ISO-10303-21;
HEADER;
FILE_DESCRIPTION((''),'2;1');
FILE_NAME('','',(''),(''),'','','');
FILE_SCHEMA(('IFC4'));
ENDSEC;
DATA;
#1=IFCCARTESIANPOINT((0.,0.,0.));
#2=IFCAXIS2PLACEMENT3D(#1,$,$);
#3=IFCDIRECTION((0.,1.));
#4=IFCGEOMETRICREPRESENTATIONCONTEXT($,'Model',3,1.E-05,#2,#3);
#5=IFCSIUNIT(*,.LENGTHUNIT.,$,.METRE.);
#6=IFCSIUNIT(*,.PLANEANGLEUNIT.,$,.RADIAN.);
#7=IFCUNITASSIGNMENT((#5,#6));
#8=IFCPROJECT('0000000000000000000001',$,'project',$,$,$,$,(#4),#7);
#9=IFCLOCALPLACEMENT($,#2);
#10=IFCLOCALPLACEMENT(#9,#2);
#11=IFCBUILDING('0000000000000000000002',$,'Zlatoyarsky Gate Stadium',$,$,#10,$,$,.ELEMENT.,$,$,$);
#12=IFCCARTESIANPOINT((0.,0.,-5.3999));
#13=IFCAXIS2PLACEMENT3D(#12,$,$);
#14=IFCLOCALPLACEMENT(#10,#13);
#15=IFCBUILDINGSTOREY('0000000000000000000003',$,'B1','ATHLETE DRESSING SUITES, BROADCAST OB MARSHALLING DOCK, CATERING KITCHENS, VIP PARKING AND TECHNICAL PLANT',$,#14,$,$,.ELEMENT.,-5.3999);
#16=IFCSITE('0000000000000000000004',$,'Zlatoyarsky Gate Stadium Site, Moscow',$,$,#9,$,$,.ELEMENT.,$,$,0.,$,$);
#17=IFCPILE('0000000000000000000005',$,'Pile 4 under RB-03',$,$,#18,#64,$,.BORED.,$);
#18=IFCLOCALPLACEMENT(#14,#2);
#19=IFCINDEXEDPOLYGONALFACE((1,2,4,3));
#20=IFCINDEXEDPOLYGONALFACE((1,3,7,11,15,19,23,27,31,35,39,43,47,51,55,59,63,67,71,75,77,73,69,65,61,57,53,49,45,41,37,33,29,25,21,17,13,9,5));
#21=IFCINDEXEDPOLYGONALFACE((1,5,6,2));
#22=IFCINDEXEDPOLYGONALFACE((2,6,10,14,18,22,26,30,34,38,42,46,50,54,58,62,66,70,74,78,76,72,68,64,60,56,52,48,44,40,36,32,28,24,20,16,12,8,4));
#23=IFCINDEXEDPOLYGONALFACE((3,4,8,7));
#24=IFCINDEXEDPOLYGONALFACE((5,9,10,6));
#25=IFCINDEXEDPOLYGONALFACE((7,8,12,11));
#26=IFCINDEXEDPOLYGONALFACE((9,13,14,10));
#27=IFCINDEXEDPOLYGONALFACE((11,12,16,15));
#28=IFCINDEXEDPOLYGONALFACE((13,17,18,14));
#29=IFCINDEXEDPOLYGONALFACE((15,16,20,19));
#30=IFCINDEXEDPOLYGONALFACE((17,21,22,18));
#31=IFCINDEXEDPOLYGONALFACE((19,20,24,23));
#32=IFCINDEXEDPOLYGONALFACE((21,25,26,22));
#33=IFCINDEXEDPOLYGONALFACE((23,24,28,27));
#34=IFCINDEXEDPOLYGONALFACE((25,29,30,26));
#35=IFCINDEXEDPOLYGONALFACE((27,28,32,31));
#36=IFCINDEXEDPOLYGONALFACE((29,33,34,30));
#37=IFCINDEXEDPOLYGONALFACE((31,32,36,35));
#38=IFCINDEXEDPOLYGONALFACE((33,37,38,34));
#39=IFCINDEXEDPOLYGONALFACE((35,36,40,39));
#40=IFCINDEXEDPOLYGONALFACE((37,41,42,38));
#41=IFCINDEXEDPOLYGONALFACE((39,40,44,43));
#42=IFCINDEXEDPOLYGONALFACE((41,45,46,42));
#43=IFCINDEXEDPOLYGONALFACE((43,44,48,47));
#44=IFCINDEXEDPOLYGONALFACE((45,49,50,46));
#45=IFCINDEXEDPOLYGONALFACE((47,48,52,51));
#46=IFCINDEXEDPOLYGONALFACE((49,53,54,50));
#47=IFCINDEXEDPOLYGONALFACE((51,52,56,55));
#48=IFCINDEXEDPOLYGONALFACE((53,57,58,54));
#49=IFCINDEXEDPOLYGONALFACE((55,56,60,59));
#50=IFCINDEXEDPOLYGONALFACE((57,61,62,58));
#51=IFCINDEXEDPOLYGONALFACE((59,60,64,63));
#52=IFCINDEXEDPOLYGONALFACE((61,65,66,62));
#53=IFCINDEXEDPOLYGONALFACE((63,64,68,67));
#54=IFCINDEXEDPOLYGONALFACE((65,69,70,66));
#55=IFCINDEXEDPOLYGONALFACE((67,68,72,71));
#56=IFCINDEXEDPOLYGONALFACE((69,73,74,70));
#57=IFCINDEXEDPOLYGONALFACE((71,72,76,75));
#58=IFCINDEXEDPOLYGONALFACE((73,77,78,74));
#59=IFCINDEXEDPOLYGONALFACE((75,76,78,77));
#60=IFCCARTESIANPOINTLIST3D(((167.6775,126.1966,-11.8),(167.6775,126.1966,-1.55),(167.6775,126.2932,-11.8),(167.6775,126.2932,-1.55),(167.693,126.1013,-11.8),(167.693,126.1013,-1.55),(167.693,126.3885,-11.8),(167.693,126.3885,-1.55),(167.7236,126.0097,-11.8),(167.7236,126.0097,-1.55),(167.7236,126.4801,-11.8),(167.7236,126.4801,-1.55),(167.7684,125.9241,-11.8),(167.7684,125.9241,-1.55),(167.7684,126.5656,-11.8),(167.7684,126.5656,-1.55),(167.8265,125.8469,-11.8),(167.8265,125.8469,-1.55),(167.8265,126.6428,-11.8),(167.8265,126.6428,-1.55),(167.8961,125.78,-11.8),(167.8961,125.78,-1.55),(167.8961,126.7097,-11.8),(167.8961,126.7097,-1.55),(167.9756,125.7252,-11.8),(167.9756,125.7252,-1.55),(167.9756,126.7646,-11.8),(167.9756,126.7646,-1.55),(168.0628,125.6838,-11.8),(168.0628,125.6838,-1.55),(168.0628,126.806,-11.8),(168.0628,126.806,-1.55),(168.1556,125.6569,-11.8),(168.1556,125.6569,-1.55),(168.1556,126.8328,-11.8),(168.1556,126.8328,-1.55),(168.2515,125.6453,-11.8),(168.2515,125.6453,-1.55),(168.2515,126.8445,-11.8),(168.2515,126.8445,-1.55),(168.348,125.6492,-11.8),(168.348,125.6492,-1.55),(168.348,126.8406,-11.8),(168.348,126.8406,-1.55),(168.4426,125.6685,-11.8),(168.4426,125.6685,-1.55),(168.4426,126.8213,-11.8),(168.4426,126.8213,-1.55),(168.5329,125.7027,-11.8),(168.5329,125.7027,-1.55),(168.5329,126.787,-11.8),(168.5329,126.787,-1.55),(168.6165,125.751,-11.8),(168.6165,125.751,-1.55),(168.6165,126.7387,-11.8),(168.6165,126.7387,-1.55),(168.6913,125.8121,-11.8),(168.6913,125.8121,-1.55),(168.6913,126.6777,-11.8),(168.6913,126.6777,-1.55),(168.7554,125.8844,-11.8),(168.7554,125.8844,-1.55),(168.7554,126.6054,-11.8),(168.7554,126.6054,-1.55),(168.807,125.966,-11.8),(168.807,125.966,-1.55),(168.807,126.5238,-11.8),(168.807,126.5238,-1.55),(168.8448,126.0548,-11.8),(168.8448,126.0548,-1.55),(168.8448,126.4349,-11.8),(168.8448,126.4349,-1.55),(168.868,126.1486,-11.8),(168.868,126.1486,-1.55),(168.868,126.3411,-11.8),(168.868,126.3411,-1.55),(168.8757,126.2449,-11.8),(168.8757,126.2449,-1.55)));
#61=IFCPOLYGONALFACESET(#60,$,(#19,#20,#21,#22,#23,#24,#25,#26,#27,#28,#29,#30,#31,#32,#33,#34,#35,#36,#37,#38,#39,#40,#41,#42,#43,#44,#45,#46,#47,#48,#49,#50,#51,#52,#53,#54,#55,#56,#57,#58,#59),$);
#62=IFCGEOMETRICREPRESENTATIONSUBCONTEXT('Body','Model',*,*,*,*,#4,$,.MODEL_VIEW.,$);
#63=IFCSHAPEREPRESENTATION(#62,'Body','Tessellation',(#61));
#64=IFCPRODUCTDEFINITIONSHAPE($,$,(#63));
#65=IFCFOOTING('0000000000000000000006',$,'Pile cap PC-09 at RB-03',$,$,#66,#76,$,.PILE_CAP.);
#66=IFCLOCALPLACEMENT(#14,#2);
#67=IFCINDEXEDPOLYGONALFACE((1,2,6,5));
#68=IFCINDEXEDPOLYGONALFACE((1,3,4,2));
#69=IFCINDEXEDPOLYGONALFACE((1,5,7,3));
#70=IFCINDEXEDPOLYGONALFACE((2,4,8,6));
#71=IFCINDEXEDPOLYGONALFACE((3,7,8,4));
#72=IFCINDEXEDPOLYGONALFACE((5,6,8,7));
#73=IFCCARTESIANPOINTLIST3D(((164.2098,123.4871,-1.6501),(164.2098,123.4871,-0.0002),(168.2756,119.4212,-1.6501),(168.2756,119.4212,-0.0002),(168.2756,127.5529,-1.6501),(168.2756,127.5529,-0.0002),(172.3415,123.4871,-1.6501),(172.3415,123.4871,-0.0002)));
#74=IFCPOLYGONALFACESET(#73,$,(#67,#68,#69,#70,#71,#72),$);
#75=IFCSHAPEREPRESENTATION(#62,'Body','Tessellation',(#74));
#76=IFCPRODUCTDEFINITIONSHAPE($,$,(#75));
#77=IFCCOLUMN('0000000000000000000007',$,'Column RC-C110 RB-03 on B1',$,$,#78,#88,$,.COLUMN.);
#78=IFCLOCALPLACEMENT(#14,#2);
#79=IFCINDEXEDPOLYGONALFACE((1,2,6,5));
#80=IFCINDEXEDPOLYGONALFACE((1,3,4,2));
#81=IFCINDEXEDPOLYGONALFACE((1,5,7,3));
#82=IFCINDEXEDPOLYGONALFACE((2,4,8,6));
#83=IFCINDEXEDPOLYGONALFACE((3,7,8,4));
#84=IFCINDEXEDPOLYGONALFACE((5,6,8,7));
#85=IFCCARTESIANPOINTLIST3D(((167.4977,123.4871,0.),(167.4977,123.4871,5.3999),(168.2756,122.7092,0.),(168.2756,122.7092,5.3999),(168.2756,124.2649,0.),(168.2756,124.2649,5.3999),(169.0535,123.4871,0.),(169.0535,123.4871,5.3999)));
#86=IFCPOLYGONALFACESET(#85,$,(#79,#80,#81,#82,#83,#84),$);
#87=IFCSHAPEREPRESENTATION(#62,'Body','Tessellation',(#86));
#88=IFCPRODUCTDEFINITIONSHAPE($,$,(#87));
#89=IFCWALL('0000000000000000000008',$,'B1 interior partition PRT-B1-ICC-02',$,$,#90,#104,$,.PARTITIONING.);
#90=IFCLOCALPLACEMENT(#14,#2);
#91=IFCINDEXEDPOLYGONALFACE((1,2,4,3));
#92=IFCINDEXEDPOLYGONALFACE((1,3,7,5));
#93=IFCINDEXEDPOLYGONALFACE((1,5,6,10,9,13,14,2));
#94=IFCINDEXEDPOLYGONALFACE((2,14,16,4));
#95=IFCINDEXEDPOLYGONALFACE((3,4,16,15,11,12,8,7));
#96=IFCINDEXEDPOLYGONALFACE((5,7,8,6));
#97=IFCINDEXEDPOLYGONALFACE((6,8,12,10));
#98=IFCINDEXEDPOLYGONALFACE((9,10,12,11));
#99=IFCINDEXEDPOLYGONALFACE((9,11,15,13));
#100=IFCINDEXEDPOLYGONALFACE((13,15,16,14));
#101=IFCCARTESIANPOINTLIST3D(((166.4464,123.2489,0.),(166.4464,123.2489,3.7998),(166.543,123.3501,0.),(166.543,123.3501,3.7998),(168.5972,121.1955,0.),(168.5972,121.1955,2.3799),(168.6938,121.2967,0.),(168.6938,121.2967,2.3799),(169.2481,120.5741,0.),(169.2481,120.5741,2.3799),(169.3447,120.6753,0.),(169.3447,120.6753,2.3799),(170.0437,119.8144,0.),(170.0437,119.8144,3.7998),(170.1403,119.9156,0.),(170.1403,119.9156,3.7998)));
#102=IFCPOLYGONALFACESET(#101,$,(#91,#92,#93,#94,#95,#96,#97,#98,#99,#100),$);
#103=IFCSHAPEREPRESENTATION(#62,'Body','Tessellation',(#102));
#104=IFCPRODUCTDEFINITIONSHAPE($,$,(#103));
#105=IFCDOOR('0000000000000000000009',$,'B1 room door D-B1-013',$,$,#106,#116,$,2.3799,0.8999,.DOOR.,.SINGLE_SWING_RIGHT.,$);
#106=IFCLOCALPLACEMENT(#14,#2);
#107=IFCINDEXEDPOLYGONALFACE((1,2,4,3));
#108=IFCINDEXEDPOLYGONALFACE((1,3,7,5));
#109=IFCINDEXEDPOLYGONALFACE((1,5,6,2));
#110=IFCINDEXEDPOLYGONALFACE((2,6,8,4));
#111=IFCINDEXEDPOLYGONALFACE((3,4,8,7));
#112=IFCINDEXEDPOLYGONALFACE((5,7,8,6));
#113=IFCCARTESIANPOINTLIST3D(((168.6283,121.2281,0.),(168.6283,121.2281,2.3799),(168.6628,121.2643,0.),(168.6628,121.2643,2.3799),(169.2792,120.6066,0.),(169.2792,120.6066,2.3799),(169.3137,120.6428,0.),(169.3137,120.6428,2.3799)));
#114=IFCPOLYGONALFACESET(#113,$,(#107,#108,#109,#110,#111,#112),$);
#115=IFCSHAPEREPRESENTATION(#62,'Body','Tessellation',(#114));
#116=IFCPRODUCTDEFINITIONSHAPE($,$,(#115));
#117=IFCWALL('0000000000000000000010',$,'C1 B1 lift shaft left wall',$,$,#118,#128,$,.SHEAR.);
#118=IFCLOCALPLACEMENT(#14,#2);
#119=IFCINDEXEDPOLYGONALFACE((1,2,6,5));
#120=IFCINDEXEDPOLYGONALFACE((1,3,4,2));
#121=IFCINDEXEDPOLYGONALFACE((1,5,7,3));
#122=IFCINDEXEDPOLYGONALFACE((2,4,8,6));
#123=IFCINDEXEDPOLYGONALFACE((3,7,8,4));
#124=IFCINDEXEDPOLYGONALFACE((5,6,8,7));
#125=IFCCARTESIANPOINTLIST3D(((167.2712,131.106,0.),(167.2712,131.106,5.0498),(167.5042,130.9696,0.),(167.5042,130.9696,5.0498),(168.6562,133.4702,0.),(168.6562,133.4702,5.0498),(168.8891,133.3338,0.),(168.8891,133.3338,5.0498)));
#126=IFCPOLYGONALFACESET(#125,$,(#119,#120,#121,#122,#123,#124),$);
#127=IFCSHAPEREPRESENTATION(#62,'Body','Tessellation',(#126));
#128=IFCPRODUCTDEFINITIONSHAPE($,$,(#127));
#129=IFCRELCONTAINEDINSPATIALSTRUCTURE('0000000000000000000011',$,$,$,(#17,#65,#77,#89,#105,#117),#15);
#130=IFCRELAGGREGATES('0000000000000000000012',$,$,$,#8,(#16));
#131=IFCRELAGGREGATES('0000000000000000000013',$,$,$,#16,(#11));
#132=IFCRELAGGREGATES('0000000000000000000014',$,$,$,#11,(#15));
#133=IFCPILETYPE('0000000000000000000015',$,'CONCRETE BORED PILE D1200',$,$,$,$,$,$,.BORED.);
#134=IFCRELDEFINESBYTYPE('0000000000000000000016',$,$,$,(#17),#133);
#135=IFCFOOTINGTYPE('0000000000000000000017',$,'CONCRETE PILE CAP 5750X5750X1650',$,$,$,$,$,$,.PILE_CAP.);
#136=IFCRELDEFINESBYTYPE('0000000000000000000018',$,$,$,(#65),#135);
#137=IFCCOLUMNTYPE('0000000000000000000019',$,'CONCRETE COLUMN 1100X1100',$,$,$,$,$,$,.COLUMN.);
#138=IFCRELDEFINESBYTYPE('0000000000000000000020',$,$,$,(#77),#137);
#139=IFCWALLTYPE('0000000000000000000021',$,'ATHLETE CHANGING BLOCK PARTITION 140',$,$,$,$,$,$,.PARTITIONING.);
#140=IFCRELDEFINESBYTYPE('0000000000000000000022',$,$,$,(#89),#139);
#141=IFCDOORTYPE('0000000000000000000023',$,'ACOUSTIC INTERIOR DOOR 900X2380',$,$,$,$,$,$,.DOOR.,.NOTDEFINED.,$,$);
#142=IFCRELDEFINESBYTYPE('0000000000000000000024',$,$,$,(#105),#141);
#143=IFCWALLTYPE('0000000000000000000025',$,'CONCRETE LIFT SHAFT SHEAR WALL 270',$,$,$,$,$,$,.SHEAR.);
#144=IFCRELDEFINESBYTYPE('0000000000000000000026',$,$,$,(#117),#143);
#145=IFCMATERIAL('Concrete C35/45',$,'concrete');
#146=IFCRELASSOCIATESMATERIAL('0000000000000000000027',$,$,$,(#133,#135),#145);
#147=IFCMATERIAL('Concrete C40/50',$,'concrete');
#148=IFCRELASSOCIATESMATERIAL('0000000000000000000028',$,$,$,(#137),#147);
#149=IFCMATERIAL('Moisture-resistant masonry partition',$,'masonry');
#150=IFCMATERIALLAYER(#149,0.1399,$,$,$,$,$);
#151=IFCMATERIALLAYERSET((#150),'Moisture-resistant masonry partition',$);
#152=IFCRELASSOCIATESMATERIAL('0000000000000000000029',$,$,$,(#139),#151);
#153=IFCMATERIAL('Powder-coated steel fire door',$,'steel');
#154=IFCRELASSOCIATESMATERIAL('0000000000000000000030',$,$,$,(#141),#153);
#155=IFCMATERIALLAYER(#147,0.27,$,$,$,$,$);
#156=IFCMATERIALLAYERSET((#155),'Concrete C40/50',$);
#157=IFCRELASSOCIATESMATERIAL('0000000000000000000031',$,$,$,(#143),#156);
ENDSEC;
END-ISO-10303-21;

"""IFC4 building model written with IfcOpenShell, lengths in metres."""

from ifc_helpers import new_model, si_unit, direction, frame, frame_2d, origin, origin_2d, place, context, subcontext, project, spatial, rectangle, circle, extrude, material, layer, layer_set, material_profile, profile_set, type_object, element, fill, save


model = new_model("IFC4")

# Units and contexts
model_context = context("Model", 3, precision=1e-05, world=origin(), true_north=direction((0.0, 1.0)))
body_context = subcontext(model_context, "Body", "Model", "MODEL_VIEW")
ifc_project = project(units=[si_unit("LENGTHUNIT", "METRE"), si_unit("PLANEANGLEUNIT", "RADIAN")], contexts=[model_context])

# Site, building, storey
site_placement = place(None, origin())
site = spatial("IfcSite", under=ifc_project, at=site_placement, Name="Zlatoyarsky Gate Stadium Site, Moscow", CompositionType="ELEMENT", RefElevation=0.0)
building_placement = place(site_placement, origin())
building = spatial("IfcBuilding", under=site, at=building_placement, Name="Zlatoyarsky Gate Stadium", CompositionType="ELEMENT")
storey_placement = place(building_placement, frame((0.0, 0.0, -5.3999)))
storey = spatial("IfcBuildingStorey", under=building, at=storey_placement, Name="B1", Description="ATHLETE DRESSING SUITES, BROADCAST OB MARSHALLING DOCK, CATERING KITCHENS, VIP PARKING AND TECHNICAL PLANT", CompositionType="ELEMENT", Elevation=-5.3999)

# Pile
ifc_material_1 = material(Name="Concrete C35/45", Category="concrete")
ifc_material_profile_1 = material_profile(ifc_material_1, circle(Radius=0.6001, at=origin_2d()), Name="BORED PILE D1200")
ifc_profile_set_1 = profile_set([ifc_material_profile_1], Name="Concrete C35/45")
pile_type_1 = type_object("IfcPileType", Name="CONCRETE BORED PILE D1200", PredefinedType="BORED", material=ifc_profile_set_1)
for number, where, z_axis, x_axis, name in (
    (1, (168.2756, 126.2449, -1.55), (0.0, 0.0, -1.0), (1.0, 0.0, 0.0), "Pile 4 under RB-03"),
):
    element("IfcPile", number, at=place(storey_placement, frame(where, z_axis=z_axis, x_axis=x_axis)), inside=storey, type_object=pile_type_1, Name=name, PredefinedType="BORED", context=body_context, shape_type="SweptSolid", body=[
        extrude(circle(Radius=0.6001, at=origin_2d()), origin(), (0.0, 0.0, 1.0), 10.25),
    ])

# Footing
footing_type = type_object("IfcFootingType", Name="CONCRETE PILE CAP 5750X5750X1650", PredefinedType="PILE_CAP", material=ifc_material_1)
footing_placement = place(storey_placement, frame((168.2756, 123.4871, -1.6501), z_axis=(0.0, 0.0, 1.0), x_axis=(0.707107, 0.707107, 0.0)))
element("IfcFooting", 2, at=footing_placement, inside=storey, type_object=footing_type, Name="Pile cap PC-09 at RB-03", PredefinedType="PILE_CAP", context=body_context, shape_type="SweptSolid", body=[
    extrude(rectangle(XDim=5.75, YDim=5.75, at=origin_2d()), origin(), (0.0, 0.0, 1.0), 1.6499),
])

# Column
ifc_material_2 = material(Name="Concrete C40/50", Category="concrete")
ifc_material_profile_2 = material_profile(ifc_material_2, rectangle(XDim=1.1001, YDim=1.1001, at=origin_2d()), Name="RC COL 1100X1100")
ifc_profile_set_2 = profile_set([ifc_material_profile_2], Name="Concrete C40/50")
column_type = type_object("IfcColumnType", Name="CONCRETE COLUMN 1100X1100", PredefinedType="COLUMN", material=ifc_profile_set_2)
column_placement = place(storey_placement, frame((168.2756, 123.4871, 0.0), z_axis=(0.0, 0.0, 1.0), x_axis=(0.707107, 0.707107, 0.0)))
element("IfcColumn", 3, at=column_placement, inside=storey, type_object=column_type, Name="Column RC-C110 RB-03 on B1", PredefinedType="COLUMN", context=body_context, shape_type="SweptSolid", body=[
    extrude(rectangle(XDim=1.1001, YDim=1.1001, at=origin_2d()), origin(), (0.0, 0.0, 1.0), 5.3999),
])

# Wall, opening, door
ifc_material_3 = material(Name="Moisture-resistant masonry partition", Category="masonry")
ifc_layer_1 = layer(ifc_material_3, 0.1399)
ifc_layer_set_1 = layer_set([ifc_layer_1], Name="Moisture-resistant masonry partition")
wall_type_1 = type_object("IfcWallType", Name="ATHLETE CHANGING BLOCK PARTITION 140", PredefinedType="PARTITIONING", material=ifc_layer_set_1)
wall_1_placement = place(storey_placement, frame((170.092, 119.865, 0.0), z_axis=(0.0, 0.0, 1.0), x_axis=(-0.723288, 0.690547, 0.0)))
wall_1 = element("IfcWall", 4, at=wall_1_placement, inside=storey, type_object=wall_type_1, Name="B1 interior partition PRT-B1-ICC-02", PredefinedType="PARTITIONING", context=body_context, shape_type="SweptSolid", body=[
    extrude(rectangle(XDim=4.9736, YDim=0.1399, at=frame_2d((2.4868, 0.0))), origin(), (0.0, 0.0, 1.0), 3.7998),
])
opening_1_placement = place(wall_1_placement, frame((1.1001, 0.0, 0.0)))
opening_1 = element("IfcOpeningElement", 5, at=opening_1_placement, cuts=wall_1, PredefinedType="OPENING", context=body_context, shape_type="SweptSolid", body=[
    extrude(rectangle(XDim=0.8999, YDim=2.3799, at=frame_2d((0.45, 1.1899))), frame((0.0, 0.0798, 0.0), z_axis=(0.0, -1.0, 0.0), x_axis=(1.0, 0.0, 0.0)), (0.0, 0.0, 1.0), 0.1599),
])
ifc_material_4 = material(Name="Powder-coated steel fire door", Category="steel")
door_type_1 = type_object("IfcDoorType", Name="ACOUSTIC INTERIOR DOOR 900X2380", OperationType="NOTDEFINED", PredefinedType="DOOR", material=ifc_material_4)
door_1_placement = place(opening_1_placement, origin())
door_1 = element("IfcDoor", 6, at=door_1_placement, inside=storey, type_object=door_type_1, Name="B1 room door D-B1-013", OperationType="SINGLE_SWING_RIGHT", OverallHeight=2.3799, OverallWidth=0.8999, PredefinedType="DOOR", context=body_context, shape_type="SweptSolid", body=[
    extrude(rectangle(XDim=0.8999, YDim=2.3799, at=frame_2d((0.45, 1.1899))), frame((0.0, 0.0249, 0.0), z_axis=(0.0, -1.0, 0.0), x_axis=(1.0, 0.0, 0.0)), (0.0, 0.0, 1.0), 0.05),
])
fill(opening_1, door_1)

# Wall
ifc_layer_2 = layer(ifc_material_2, 0.27)
ifc_layer_set_2 = layer_set([ifc_layer_2], Name="Concrete C40/50")
wall_type_2 = type_object("IfcWallType", Name="CONCRETE LIFT SHAFT SHEAR WALL 270", PredefinedType="SHEAR", material=ifc_layer_set_2)
wall_2_placement = place(storey_placement, frame((168.7727, 133.4021, 0.0), z_axis=(0.0, 0.0, 1.0), x_axis=(-0.505466, -0.862847, 0.0)))
element("IfcWall", 7, at=wall_2_placement, inside=storey, type_object=wall_type_2, Name="C1 B1 lift shaft left wall", PredefinedType="SHEAR", context=body_context, shape_type="SweptSolid", body=[
    extrude(rectangle(XDim=2.74, YDim=0.27, at=frame_2d((1.3701, 0.0))), origin(), (0.0, 0.0, 1.0), 5.0498),
])

save(model, "model.ifc")
